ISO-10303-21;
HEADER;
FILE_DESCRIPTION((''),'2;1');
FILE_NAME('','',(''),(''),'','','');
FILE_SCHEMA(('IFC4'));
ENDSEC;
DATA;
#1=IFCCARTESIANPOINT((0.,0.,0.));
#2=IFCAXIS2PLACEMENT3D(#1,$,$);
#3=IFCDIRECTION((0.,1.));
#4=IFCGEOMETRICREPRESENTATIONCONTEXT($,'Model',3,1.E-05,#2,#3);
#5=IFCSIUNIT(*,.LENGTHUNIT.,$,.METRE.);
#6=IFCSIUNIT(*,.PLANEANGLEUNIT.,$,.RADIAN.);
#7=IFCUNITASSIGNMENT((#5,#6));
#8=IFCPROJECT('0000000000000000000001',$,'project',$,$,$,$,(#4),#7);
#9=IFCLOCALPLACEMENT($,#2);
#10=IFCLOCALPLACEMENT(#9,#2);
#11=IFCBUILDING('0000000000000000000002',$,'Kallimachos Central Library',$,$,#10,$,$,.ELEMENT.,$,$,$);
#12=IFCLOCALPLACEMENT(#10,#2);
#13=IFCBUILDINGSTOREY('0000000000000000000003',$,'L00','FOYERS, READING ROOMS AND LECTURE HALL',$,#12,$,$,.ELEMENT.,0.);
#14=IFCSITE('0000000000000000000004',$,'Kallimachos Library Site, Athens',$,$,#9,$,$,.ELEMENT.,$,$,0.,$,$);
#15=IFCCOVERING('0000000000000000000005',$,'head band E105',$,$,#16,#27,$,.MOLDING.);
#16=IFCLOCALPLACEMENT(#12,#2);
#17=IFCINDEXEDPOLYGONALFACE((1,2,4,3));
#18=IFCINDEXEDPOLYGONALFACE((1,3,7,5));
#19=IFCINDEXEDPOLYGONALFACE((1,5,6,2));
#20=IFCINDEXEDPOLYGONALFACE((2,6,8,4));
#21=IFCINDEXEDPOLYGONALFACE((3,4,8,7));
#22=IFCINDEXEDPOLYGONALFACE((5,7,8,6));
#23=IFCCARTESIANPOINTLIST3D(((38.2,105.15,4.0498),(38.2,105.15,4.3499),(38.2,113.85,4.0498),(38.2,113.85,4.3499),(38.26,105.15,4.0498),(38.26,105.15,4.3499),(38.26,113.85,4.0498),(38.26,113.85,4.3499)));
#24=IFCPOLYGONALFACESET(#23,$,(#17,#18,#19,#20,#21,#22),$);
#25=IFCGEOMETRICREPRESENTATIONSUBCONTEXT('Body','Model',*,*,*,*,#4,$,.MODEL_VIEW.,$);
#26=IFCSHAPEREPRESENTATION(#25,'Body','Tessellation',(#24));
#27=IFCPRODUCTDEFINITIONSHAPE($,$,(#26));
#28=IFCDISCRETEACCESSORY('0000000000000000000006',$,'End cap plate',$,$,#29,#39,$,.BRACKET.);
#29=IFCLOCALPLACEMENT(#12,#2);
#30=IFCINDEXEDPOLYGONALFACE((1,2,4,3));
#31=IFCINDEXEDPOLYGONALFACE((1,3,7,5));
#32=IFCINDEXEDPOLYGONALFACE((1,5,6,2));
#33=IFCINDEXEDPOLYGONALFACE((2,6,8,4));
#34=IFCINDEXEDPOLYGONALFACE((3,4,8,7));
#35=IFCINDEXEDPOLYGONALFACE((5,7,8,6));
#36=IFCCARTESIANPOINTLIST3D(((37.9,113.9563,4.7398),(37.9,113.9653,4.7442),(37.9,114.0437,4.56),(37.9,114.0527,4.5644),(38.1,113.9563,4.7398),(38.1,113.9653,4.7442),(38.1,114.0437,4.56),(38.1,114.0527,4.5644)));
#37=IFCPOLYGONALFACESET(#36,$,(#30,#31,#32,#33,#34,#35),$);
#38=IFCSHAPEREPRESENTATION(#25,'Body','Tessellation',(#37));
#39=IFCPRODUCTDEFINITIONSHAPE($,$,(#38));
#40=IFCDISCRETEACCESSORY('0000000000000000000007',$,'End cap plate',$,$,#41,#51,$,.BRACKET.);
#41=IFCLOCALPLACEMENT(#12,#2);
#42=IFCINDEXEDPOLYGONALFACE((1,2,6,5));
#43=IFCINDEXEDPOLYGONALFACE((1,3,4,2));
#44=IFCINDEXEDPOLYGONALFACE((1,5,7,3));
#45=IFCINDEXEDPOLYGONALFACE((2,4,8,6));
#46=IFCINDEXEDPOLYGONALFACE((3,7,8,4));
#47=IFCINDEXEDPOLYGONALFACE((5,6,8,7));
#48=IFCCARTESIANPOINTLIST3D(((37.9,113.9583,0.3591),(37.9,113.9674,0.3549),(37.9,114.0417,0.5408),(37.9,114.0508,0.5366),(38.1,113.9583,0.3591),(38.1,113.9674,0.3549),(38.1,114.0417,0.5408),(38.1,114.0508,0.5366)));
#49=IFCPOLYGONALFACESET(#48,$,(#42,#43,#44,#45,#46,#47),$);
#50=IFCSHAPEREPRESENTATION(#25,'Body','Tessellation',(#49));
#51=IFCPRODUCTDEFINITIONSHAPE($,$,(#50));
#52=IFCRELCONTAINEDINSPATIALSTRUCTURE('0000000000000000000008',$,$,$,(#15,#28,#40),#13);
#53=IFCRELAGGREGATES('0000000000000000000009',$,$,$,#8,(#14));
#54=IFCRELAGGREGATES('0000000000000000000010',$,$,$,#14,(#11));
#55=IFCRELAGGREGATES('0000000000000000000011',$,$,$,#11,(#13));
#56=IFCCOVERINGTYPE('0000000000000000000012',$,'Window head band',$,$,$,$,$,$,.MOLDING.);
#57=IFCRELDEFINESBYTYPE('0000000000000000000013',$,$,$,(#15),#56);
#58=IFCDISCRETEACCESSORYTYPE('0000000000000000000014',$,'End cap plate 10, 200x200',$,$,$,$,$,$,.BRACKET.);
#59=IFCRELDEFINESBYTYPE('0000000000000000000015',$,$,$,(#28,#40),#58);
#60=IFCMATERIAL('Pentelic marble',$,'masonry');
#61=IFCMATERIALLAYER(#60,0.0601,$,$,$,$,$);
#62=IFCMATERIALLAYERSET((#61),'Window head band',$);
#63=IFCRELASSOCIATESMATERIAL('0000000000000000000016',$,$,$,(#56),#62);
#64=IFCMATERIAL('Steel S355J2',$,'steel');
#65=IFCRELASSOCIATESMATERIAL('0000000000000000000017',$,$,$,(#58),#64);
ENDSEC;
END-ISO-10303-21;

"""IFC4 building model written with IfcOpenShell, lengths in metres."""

from ifc_helpers import new_model, si_unit, direction, frame, origin, origin_2d, place, context, subcontext, project, spatial, rectangle, extrude, material, layer, layer_set, material_profile, profile_set, type_object, element, save


model = new_model("IFC4")

# Units and contexts
model_context = context("Model", 3, precision=1e-05, world=origin(), true_north=direction((0.0, 1.0)))
body_context = subcontext(model_context, "Body", "Model", "MODEL_VIEW")
ifc_project = project(units=[si_unit("LENGTHUNIT", "METRE"), si_unit("PLANEANGLEUNIT", "RADIAN")], contexts=[model_context])

# Site, building, storey
site_placement = place(None, origin())
site = spatial("IfcSite", under=ifc_project, at=site_placement, Name="Kallimachos Library Site, Athens", CompositionType="ELEMENT", RefElevation=0.0)
building_placement = place(site_placement, origin())
building = spatial("IfcBuilding", under=site, at=building_placement, Name="Kallimachos Central Library", CompositionType="ELEMENT")
storey_placement = place(building_placement, origin())
storey = spatial("IfcBuildingStorey", under=building, at=storey_placement, Name="L00", Description="FOYERS, READING ROOMS AND LECTURE HALL", CompositionType="ELEMENT", Elevation=0.0)

# Covering
ifc_material_1 = material(Name="Pentelic marble", Category="masonry")
ifc_layer_1 = layer(ifc_material_1, 0.0601)
ifc_layer_set_1 = layer_set([ifc_layer_1], Name="Window head band")
covering_type_1 = type_object("IfcCoveringType", Name="Window head band", PredefinedType="MOLDING", material=ifc_layer_set_1)
covering_1_placement = place(storey_placement, frame((38.23, 109.5, 4.0498), z_axis=(0.0, 0.0, 1.0), x_axis=(1.0, 0.0, 0.0)))
element("IfcCovering", 1, at=covering_1_placement, inside=storey, type_object=covering_type_1, Name="head band E105", PredefinedType="MOLDING", context=body_context, shape_type="SweptSolid", body=[
    extrude(rectangle(XDim=0.0601, YDim=8.7, at=origin_2d()), origin(), (0.0, 0.0, 1.0), 0.3),
])

# Discrete accessories
ifc_material_2 = material(Name="Steel S355J2", Category="steel")
ifc_material_profile_1 = material_profile(ifc_material_2, rectangle(XDim=0.2, YDim=0.2, at=origin_2d()), Name="End cap plate 10, 200x200")
ifc_profile_set_1 = profile_set([ifc_material_profile_1], Name="Steel S355J2")
discrete_accessory_type = type_object("IfcDiscreteAccessoryType", Name="End cap plate 10, 200x200", PredefinedType="BRACKET", material=ifc_profile_set_1)
for number, where, z_axis, x_axis, name in (
    (2, (38.0, 114.0, 4.6499), (0.0, 0.899235, 0.437466), (-1.0, 0.0, 0.0), "End cap plate"),
    (3, (38.0, 114.0, 0.45), (0.0, 0.908677, -0.4175), (-1.0, 0.0, 0.0), "End cap plate"),
):
    element("IfcDiscreteAccessory", number, at=place(storey_placement, frame(where, z_axis=z_axis, x_axis=x_axis)), inside=storey, type_object=discrete_accessory_type, Name=name, PredefinedType="BRACKET", context=body_context, shape_type="SweptSolid", body=[
        extrude(rectangle(XDim=0.2, YDim=0.2, at=origin_2d()), origin(), (0.0, 0.0, 1.0), 0.01),
    ])

save(model, "model.ifc")
